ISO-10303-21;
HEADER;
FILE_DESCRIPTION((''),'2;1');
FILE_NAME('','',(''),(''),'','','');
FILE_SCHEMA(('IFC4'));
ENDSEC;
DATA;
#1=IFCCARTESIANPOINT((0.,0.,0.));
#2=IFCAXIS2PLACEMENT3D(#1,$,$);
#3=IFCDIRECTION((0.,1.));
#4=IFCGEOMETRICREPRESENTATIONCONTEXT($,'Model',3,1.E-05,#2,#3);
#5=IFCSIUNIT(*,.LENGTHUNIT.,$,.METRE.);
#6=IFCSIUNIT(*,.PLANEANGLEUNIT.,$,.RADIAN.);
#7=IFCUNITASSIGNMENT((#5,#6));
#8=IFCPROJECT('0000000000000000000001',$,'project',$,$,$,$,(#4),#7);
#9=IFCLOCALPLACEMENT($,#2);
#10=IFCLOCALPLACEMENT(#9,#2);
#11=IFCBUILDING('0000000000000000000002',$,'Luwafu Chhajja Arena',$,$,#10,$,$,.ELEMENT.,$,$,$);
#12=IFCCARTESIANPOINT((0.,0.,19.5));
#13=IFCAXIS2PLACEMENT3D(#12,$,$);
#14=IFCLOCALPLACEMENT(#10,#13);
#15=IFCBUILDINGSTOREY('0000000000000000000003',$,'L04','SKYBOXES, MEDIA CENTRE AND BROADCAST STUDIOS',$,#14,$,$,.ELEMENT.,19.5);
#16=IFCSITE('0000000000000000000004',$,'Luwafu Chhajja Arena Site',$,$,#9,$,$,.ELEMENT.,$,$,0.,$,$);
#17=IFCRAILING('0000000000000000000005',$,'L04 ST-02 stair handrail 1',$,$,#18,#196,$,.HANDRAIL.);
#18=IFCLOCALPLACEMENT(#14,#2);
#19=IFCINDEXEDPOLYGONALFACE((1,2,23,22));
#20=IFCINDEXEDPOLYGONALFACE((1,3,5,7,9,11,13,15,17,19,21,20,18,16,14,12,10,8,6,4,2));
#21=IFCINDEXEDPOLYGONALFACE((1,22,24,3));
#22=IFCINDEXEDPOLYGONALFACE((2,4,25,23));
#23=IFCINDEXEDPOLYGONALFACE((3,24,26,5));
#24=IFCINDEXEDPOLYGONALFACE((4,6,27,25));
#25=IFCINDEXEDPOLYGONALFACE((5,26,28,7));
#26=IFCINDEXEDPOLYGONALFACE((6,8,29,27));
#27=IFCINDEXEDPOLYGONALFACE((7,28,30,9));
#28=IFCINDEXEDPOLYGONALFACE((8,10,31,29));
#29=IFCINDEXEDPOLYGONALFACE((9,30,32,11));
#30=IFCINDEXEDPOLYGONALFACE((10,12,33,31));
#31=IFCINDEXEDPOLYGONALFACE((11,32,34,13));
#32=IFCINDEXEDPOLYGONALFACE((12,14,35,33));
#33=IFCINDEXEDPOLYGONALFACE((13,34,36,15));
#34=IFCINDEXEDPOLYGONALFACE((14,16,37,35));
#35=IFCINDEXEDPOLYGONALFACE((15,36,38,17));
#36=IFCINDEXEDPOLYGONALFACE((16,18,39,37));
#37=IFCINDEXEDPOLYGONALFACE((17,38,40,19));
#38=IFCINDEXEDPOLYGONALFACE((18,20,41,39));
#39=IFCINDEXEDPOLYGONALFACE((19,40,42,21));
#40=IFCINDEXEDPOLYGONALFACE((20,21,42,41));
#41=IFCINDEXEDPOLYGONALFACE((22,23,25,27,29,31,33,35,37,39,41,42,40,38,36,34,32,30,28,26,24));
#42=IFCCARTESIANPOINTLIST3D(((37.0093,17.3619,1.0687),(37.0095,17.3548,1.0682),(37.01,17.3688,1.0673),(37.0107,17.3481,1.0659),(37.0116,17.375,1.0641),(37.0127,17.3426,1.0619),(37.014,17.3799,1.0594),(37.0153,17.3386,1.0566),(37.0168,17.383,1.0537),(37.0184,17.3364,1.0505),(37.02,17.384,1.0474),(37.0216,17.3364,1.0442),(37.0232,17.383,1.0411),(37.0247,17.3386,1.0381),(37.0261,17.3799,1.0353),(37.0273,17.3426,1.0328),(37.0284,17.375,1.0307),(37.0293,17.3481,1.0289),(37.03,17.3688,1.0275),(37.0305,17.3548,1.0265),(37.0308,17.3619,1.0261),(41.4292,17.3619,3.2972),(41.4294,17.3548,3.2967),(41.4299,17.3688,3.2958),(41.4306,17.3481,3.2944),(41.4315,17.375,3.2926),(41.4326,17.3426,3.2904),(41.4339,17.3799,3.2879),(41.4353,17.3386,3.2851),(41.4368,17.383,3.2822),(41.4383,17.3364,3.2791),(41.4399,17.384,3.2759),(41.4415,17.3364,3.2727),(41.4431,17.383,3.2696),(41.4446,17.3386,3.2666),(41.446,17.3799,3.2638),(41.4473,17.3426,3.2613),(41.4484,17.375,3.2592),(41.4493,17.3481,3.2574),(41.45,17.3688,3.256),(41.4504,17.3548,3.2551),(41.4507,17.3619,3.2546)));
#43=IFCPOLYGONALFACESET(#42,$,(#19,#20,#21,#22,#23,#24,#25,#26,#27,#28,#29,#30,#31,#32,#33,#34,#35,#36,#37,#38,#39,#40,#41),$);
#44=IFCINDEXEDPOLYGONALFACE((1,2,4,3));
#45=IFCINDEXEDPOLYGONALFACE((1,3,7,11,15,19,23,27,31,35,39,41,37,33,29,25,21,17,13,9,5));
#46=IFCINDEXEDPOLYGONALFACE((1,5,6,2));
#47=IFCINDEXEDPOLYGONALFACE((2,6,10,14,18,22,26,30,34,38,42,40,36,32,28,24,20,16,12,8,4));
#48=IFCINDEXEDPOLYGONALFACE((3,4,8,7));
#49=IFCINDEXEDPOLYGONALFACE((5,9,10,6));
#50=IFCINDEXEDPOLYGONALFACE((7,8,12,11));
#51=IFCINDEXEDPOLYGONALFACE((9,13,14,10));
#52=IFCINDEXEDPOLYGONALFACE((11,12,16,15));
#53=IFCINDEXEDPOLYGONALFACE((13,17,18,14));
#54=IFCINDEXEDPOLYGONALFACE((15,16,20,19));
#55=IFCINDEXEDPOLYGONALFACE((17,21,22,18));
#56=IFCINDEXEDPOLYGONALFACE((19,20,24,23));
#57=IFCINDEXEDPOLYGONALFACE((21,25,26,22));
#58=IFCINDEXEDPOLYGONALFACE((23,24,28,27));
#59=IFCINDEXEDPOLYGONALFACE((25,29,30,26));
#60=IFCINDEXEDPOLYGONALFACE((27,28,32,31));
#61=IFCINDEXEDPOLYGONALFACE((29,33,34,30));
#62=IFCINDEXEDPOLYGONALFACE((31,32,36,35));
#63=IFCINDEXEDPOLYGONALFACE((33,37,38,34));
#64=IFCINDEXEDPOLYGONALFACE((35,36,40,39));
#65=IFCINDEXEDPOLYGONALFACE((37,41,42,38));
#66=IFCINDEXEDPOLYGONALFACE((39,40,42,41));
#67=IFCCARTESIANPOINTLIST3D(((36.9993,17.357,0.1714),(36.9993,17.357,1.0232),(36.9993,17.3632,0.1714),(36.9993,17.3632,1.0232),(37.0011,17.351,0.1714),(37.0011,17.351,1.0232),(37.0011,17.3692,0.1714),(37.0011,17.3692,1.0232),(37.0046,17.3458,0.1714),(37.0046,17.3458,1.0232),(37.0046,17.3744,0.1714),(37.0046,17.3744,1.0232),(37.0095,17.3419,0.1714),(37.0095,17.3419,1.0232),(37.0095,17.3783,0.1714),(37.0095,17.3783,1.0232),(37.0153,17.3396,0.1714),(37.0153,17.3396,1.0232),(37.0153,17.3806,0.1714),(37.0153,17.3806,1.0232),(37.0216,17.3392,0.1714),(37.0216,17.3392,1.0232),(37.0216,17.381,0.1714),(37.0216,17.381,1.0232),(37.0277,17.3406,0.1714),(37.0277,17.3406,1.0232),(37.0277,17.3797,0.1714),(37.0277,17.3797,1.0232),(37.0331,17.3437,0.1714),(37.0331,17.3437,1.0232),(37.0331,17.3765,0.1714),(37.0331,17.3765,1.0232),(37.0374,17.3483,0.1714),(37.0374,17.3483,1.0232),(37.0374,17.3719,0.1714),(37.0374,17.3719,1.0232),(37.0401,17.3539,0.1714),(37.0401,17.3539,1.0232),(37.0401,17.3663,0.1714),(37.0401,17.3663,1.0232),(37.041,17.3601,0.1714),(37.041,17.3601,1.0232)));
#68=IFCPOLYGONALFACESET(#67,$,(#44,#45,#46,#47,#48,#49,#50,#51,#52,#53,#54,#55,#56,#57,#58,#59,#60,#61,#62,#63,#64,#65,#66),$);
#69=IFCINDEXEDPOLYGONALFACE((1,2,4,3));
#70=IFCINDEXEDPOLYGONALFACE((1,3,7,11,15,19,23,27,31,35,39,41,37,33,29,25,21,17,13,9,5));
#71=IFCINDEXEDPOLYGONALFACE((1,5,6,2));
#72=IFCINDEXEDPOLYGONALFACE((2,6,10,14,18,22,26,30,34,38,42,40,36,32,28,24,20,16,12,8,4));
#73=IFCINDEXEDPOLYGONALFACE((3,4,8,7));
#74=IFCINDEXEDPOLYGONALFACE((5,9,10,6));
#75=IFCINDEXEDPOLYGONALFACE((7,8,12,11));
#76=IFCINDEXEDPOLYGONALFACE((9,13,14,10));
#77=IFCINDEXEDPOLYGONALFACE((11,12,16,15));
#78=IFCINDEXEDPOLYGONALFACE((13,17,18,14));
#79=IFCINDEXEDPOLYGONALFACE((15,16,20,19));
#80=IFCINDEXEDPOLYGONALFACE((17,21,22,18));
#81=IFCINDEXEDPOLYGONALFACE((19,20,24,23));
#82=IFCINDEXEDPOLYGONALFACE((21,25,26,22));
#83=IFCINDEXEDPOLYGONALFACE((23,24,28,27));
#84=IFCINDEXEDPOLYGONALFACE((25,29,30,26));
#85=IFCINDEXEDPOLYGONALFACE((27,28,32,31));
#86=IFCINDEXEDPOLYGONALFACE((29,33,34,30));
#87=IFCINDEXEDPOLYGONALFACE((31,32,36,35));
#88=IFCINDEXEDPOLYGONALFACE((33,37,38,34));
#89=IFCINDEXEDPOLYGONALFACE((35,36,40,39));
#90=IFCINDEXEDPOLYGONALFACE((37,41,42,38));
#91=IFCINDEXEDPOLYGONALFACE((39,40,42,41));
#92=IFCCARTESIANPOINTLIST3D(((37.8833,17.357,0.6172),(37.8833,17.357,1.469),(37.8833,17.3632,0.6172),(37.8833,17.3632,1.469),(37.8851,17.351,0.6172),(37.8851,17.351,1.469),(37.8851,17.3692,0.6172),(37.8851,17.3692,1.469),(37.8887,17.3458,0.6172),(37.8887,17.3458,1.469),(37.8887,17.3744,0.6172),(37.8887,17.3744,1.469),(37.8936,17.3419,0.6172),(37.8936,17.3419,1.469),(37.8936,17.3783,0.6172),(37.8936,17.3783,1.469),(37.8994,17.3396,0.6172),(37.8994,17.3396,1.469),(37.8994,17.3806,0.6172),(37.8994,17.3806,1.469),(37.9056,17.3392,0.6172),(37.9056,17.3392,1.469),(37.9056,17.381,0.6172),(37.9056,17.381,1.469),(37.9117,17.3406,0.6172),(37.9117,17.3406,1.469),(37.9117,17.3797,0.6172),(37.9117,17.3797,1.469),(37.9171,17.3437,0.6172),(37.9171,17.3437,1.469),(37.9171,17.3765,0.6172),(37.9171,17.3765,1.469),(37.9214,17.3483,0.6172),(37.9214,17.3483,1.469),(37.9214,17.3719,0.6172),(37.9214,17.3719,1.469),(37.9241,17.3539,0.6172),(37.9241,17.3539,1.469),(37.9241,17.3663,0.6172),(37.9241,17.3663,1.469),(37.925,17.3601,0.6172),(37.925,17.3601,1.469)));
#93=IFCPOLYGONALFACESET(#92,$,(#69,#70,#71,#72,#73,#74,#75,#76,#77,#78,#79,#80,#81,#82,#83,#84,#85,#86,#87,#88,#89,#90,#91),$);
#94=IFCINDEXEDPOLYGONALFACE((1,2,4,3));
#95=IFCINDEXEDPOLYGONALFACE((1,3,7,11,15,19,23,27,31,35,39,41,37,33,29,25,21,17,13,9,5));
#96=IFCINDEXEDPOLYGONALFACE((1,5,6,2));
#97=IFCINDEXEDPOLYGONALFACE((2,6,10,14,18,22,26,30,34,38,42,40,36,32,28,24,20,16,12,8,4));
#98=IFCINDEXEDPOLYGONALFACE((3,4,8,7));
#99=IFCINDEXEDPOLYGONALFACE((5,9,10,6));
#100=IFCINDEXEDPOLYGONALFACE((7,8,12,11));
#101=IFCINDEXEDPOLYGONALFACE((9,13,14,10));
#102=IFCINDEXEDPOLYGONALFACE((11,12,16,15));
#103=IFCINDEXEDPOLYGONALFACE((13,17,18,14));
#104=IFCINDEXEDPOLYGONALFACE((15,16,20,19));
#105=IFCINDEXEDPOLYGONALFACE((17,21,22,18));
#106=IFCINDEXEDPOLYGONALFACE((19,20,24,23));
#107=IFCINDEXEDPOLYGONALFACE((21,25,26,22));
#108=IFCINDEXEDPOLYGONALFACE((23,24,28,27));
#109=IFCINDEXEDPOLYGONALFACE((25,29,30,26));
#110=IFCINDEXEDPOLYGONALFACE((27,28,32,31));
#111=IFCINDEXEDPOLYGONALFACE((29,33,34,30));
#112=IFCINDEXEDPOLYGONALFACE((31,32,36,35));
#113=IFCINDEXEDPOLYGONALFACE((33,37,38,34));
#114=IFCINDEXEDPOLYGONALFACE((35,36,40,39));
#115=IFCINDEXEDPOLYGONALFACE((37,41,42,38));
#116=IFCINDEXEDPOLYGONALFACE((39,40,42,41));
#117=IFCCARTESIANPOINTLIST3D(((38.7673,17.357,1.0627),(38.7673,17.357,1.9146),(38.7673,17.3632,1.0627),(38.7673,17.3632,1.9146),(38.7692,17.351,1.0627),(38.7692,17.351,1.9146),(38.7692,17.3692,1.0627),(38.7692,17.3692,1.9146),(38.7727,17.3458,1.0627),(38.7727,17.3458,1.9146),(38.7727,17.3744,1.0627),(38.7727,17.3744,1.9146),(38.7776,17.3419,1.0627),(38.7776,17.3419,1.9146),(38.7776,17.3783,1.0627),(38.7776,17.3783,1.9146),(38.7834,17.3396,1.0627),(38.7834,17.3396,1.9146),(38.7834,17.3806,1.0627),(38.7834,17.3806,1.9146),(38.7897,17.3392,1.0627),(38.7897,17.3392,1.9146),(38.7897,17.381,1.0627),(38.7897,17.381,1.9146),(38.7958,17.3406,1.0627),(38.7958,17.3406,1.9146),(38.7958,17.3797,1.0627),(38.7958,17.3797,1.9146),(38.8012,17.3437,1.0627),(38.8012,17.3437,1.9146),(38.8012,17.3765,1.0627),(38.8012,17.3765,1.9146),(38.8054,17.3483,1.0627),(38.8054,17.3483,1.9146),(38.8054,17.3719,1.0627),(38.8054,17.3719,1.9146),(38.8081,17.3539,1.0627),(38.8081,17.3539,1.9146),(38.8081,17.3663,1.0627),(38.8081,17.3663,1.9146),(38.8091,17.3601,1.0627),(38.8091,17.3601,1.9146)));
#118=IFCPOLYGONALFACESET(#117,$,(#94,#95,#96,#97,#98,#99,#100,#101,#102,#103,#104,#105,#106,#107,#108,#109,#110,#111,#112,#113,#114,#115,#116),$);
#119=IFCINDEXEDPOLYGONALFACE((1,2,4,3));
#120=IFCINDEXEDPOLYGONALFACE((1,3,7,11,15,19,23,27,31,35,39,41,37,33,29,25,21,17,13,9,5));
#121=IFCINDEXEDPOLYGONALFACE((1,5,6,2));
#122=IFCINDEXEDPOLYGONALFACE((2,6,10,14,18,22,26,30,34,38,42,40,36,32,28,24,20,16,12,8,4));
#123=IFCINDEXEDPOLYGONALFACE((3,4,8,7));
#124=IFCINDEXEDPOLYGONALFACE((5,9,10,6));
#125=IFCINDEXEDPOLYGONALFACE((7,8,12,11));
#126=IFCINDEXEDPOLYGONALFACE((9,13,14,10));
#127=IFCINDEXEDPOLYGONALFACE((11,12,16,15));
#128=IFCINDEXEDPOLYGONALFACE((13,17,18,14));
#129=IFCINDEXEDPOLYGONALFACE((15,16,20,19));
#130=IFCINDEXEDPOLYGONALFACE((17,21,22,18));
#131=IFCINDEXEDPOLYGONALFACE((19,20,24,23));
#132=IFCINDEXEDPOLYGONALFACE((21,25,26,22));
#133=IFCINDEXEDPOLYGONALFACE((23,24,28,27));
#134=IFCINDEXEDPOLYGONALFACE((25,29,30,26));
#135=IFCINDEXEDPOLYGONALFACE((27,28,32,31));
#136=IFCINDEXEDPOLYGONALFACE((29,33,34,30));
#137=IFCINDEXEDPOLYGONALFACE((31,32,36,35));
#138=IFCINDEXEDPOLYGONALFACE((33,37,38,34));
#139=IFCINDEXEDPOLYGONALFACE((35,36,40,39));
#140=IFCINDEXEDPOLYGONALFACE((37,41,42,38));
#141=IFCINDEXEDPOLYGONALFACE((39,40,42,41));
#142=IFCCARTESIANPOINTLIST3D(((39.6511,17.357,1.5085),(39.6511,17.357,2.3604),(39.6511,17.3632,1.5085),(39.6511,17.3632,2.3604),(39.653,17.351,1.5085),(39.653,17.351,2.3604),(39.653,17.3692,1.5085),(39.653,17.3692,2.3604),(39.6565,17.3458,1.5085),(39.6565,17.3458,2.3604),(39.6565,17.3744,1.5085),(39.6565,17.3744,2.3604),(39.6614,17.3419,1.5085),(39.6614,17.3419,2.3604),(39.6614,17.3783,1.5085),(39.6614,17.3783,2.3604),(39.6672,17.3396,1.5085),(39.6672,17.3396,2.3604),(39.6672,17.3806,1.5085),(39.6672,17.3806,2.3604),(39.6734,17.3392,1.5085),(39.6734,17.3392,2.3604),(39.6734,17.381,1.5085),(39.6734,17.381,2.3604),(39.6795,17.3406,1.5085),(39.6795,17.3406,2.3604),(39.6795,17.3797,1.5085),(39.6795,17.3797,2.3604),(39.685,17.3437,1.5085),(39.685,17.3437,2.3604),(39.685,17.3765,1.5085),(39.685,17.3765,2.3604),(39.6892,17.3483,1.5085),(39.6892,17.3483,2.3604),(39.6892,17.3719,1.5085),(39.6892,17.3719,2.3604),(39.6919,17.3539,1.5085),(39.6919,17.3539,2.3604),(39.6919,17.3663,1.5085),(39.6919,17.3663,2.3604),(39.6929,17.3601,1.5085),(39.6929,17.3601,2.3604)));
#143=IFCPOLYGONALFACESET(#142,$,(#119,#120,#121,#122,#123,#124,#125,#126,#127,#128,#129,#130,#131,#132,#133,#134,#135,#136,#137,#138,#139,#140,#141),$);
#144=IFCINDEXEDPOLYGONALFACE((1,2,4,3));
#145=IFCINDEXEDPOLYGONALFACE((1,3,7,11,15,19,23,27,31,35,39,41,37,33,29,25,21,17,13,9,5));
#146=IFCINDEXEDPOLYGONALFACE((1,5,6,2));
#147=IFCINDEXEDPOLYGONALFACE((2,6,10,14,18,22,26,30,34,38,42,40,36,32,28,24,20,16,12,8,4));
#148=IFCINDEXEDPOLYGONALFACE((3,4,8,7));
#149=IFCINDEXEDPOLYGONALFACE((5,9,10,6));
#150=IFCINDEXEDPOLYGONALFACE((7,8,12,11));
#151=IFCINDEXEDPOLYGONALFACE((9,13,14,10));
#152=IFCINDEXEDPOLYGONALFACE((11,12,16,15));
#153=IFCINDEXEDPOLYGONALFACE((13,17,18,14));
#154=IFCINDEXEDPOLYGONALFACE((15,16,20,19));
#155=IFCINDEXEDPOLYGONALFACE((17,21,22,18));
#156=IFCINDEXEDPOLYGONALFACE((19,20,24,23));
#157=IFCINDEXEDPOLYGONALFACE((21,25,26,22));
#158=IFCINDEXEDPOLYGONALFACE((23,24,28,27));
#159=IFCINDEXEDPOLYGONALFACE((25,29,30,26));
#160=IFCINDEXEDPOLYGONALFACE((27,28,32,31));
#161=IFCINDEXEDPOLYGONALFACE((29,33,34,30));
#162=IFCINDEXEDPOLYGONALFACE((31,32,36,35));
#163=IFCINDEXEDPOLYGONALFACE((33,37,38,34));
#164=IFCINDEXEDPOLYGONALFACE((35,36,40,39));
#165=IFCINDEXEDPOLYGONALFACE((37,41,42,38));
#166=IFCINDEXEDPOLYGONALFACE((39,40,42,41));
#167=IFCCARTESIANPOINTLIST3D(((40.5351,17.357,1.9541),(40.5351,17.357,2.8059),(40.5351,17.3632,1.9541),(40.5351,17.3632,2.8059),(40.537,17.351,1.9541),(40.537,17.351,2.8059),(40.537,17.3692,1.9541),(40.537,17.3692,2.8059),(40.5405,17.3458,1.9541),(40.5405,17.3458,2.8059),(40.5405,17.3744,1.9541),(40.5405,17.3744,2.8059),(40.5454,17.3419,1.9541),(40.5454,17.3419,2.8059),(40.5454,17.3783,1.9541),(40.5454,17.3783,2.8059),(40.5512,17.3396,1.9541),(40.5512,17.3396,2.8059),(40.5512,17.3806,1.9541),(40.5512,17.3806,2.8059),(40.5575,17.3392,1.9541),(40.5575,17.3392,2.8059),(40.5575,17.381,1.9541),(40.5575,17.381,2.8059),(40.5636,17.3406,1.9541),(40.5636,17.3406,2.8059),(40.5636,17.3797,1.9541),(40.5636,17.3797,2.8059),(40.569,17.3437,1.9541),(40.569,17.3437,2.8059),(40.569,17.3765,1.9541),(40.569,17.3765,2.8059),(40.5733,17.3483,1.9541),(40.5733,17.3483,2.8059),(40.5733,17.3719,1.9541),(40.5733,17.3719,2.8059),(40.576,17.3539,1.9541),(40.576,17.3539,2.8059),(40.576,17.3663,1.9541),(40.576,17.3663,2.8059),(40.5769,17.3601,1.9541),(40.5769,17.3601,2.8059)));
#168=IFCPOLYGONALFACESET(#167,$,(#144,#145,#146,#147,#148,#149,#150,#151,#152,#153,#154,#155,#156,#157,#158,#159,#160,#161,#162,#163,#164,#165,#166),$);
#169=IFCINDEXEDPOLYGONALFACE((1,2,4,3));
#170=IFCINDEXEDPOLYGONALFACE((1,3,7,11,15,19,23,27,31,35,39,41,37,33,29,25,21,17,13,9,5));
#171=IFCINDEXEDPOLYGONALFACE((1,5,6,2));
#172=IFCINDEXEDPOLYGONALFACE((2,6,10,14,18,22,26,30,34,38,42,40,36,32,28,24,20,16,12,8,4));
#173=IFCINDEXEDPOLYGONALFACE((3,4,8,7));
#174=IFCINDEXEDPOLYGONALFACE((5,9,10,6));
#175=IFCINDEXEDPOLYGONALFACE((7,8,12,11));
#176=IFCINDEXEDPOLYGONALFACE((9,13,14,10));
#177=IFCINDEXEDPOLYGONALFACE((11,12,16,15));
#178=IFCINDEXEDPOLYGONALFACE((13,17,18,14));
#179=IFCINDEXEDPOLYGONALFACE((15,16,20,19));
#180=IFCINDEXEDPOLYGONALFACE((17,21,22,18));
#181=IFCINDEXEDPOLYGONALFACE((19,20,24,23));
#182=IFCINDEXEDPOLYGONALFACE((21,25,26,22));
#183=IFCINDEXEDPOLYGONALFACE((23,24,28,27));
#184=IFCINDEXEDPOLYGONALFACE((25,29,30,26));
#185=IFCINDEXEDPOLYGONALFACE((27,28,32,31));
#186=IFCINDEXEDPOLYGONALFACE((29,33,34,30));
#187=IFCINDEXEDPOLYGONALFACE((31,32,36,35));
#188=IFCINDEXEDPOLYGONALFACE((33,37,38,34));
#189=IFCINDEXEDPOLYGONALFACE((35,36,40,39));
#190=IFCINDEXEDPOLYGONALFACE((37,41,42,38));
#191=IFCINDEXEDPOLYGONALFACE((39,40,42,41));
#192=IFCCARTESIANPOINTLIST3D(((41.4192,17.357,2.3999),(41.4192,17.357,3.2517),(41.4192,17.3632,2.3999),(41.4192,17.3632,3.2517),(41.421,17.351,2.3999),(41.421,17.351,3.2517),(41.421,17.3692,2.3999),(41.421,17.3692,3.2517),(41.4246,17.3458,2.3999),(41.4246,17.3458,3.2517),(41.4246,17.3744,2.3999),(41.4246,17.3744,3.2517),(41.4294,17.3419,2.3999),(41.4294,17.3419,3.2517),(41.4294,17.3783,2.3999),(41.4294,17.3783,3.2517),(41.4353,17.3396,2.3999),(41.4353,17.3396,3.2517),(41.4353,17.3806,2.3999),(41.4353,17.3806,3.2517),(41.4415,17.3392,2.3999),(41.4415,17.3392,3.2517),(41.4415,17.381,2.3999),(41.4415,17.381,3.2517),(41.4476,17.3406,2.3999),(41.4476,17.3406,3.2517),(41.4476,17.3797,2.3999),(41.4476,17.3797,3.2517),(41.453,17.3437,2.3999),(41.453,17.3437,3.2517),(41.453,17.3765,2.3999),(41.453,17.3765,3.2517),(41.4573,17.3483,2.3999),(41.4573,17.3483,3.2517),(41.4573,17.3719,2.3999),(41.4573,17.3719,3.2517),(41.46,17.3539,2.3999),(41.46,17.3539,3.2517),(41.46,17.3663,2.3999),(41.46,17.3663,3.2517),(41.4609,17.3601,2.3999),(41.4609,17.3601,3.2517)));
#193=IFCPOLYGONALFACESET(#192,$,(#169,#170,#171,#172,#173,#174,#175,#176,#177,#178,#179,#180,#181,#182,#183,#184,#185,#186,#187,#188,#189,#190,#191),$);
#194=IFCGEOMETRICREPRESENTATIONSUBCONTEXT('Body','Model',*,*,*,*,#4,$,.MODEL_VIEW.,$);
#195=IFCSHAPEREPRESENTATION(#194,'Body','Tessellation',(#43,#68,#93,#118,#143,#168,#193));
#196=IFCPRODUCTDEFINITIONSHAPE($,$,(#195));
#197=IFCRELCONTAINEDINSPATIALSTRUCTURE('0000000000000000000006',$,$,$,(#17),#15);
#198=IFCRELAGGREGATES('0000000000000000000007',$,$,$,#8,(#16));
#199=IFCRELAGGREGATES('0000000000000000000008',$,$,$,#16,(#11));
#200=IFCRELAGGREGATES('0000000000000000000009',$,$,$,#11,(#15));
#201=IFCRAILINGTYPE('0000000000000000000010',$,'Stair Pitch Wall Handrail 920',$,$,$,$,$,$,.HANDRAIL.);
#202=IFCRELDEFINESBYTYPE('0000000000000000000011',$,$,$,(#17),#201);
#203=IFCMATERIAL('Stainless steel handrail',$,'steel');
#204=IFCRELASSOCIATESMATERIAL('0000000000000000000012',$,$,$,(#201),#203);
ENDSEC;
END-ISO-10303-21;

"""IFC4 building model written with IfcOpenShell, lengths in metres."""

from ifc_helpers import new_model, si_unit, direction, frame, origin, origin_2d, place, context, subcontext, project, spatial, circle, extrude, material, type_object, element, save


model = new_model("IFC4")

# Units and contexts
model_context = context("Model", 3, precision=1e-05, world=origin(), true_north=direction((0.0, 1.0)))
body_context = subcontext(model_context, "Body", "Model", "MODEL_VIEW")
ifc_project = project(units=[si_unit("LENGTHUNIT", "METRE"), si_unit("PLANEANGLEUNIT", "RADIAN")], contexts=[model_context])

# Site, building, storey
site_placement = place(None, origin())
site = spatial("IfcSite", under=ifc_project, at=site_placement, Name="Luwafu Chhajja Arena Site", CompositionType="ELEMENT", RefElevation=0.0)
building_placement = place(site_placement, origin())
building = spatial("IfcBuilding", under=site, at=building_placement, Name="Luwafu Chhajja Arena", CompositionType="ELEMENT")
storey_placement = place(building_placement, frame((0.0, 0.0, 19.5)))
storey = spatial("IfcBuildingStorey", under=building, at=storey_placement, Name="L04", Description="SKYBOXES, MEDIA CENTRE AND BROADCAST STUDIOS", CompositionType="ELEMENT", Elevation=19.5)

# Railing
ifc_material_1 = material(Name="Stainless steel handrail", Category="steel")
railing_type_1 = type_object("IfcRailingType", Name="Stair Pitch Wall Handrail 920", PredefinedType="HANDRAIL", material=ifc_material_1)
railing_1_placement = place(storey_placement, frame((37.02, 17.3601, 0.1714)))
element("IfcRailing", 1, at=railing_1_placement, inside=storey, type_object=railing_type_1, Name="L04 ST-02 stair handrail 1", PredefinedType="HANDRAIL", context=body_context, shape_type="SweptSolid", body=[
    extrude(circle(Radius=0.0239, at=origin_2d()), frame((0.0, 0.0, 0.876), z_axis=(0.892923, 0.0, 0.45021), x_axis=(0.0, 1.0, 0.0)), (0.0, 0.0, 1.0), 4.95),
    extrude(circle(Radius=0.021, at=origin_2d()), origin(), (0.0, 0.0, 1.0), 0.8518),
    extrude(circle(Radius=0.021, at=origin_2d()), frame((0.884, 0.0, 0.4458)), (0.0, 0.0, 1.0), 0.8518),
    extrude(circle(Radius=0.021, at=origin_2d()), frame((1.7681, 0.0, 0.8914)), (0.0, 0.0, 1.0), 0.8518),
    extrude(circle(Radius=0.021, at=origin_2d()), frame((2.6519, 0.0, 1.3372)), (0.0, 0.0, 1.0), 0.8518),
    extrude(circle(Radius=0.021, at=origin_2d()), frame((3.5359, 0.0, 1.7827)), (0.0, 0.0, 1.0), 0.8518),
    extrude(circle(Radius=0.021, at=origin_2d()), frame((4.4199, 0.0, 2.2285)), (0.0, 0.0, 1.0), 0.8518),
])

save(model, "model.ifc")
